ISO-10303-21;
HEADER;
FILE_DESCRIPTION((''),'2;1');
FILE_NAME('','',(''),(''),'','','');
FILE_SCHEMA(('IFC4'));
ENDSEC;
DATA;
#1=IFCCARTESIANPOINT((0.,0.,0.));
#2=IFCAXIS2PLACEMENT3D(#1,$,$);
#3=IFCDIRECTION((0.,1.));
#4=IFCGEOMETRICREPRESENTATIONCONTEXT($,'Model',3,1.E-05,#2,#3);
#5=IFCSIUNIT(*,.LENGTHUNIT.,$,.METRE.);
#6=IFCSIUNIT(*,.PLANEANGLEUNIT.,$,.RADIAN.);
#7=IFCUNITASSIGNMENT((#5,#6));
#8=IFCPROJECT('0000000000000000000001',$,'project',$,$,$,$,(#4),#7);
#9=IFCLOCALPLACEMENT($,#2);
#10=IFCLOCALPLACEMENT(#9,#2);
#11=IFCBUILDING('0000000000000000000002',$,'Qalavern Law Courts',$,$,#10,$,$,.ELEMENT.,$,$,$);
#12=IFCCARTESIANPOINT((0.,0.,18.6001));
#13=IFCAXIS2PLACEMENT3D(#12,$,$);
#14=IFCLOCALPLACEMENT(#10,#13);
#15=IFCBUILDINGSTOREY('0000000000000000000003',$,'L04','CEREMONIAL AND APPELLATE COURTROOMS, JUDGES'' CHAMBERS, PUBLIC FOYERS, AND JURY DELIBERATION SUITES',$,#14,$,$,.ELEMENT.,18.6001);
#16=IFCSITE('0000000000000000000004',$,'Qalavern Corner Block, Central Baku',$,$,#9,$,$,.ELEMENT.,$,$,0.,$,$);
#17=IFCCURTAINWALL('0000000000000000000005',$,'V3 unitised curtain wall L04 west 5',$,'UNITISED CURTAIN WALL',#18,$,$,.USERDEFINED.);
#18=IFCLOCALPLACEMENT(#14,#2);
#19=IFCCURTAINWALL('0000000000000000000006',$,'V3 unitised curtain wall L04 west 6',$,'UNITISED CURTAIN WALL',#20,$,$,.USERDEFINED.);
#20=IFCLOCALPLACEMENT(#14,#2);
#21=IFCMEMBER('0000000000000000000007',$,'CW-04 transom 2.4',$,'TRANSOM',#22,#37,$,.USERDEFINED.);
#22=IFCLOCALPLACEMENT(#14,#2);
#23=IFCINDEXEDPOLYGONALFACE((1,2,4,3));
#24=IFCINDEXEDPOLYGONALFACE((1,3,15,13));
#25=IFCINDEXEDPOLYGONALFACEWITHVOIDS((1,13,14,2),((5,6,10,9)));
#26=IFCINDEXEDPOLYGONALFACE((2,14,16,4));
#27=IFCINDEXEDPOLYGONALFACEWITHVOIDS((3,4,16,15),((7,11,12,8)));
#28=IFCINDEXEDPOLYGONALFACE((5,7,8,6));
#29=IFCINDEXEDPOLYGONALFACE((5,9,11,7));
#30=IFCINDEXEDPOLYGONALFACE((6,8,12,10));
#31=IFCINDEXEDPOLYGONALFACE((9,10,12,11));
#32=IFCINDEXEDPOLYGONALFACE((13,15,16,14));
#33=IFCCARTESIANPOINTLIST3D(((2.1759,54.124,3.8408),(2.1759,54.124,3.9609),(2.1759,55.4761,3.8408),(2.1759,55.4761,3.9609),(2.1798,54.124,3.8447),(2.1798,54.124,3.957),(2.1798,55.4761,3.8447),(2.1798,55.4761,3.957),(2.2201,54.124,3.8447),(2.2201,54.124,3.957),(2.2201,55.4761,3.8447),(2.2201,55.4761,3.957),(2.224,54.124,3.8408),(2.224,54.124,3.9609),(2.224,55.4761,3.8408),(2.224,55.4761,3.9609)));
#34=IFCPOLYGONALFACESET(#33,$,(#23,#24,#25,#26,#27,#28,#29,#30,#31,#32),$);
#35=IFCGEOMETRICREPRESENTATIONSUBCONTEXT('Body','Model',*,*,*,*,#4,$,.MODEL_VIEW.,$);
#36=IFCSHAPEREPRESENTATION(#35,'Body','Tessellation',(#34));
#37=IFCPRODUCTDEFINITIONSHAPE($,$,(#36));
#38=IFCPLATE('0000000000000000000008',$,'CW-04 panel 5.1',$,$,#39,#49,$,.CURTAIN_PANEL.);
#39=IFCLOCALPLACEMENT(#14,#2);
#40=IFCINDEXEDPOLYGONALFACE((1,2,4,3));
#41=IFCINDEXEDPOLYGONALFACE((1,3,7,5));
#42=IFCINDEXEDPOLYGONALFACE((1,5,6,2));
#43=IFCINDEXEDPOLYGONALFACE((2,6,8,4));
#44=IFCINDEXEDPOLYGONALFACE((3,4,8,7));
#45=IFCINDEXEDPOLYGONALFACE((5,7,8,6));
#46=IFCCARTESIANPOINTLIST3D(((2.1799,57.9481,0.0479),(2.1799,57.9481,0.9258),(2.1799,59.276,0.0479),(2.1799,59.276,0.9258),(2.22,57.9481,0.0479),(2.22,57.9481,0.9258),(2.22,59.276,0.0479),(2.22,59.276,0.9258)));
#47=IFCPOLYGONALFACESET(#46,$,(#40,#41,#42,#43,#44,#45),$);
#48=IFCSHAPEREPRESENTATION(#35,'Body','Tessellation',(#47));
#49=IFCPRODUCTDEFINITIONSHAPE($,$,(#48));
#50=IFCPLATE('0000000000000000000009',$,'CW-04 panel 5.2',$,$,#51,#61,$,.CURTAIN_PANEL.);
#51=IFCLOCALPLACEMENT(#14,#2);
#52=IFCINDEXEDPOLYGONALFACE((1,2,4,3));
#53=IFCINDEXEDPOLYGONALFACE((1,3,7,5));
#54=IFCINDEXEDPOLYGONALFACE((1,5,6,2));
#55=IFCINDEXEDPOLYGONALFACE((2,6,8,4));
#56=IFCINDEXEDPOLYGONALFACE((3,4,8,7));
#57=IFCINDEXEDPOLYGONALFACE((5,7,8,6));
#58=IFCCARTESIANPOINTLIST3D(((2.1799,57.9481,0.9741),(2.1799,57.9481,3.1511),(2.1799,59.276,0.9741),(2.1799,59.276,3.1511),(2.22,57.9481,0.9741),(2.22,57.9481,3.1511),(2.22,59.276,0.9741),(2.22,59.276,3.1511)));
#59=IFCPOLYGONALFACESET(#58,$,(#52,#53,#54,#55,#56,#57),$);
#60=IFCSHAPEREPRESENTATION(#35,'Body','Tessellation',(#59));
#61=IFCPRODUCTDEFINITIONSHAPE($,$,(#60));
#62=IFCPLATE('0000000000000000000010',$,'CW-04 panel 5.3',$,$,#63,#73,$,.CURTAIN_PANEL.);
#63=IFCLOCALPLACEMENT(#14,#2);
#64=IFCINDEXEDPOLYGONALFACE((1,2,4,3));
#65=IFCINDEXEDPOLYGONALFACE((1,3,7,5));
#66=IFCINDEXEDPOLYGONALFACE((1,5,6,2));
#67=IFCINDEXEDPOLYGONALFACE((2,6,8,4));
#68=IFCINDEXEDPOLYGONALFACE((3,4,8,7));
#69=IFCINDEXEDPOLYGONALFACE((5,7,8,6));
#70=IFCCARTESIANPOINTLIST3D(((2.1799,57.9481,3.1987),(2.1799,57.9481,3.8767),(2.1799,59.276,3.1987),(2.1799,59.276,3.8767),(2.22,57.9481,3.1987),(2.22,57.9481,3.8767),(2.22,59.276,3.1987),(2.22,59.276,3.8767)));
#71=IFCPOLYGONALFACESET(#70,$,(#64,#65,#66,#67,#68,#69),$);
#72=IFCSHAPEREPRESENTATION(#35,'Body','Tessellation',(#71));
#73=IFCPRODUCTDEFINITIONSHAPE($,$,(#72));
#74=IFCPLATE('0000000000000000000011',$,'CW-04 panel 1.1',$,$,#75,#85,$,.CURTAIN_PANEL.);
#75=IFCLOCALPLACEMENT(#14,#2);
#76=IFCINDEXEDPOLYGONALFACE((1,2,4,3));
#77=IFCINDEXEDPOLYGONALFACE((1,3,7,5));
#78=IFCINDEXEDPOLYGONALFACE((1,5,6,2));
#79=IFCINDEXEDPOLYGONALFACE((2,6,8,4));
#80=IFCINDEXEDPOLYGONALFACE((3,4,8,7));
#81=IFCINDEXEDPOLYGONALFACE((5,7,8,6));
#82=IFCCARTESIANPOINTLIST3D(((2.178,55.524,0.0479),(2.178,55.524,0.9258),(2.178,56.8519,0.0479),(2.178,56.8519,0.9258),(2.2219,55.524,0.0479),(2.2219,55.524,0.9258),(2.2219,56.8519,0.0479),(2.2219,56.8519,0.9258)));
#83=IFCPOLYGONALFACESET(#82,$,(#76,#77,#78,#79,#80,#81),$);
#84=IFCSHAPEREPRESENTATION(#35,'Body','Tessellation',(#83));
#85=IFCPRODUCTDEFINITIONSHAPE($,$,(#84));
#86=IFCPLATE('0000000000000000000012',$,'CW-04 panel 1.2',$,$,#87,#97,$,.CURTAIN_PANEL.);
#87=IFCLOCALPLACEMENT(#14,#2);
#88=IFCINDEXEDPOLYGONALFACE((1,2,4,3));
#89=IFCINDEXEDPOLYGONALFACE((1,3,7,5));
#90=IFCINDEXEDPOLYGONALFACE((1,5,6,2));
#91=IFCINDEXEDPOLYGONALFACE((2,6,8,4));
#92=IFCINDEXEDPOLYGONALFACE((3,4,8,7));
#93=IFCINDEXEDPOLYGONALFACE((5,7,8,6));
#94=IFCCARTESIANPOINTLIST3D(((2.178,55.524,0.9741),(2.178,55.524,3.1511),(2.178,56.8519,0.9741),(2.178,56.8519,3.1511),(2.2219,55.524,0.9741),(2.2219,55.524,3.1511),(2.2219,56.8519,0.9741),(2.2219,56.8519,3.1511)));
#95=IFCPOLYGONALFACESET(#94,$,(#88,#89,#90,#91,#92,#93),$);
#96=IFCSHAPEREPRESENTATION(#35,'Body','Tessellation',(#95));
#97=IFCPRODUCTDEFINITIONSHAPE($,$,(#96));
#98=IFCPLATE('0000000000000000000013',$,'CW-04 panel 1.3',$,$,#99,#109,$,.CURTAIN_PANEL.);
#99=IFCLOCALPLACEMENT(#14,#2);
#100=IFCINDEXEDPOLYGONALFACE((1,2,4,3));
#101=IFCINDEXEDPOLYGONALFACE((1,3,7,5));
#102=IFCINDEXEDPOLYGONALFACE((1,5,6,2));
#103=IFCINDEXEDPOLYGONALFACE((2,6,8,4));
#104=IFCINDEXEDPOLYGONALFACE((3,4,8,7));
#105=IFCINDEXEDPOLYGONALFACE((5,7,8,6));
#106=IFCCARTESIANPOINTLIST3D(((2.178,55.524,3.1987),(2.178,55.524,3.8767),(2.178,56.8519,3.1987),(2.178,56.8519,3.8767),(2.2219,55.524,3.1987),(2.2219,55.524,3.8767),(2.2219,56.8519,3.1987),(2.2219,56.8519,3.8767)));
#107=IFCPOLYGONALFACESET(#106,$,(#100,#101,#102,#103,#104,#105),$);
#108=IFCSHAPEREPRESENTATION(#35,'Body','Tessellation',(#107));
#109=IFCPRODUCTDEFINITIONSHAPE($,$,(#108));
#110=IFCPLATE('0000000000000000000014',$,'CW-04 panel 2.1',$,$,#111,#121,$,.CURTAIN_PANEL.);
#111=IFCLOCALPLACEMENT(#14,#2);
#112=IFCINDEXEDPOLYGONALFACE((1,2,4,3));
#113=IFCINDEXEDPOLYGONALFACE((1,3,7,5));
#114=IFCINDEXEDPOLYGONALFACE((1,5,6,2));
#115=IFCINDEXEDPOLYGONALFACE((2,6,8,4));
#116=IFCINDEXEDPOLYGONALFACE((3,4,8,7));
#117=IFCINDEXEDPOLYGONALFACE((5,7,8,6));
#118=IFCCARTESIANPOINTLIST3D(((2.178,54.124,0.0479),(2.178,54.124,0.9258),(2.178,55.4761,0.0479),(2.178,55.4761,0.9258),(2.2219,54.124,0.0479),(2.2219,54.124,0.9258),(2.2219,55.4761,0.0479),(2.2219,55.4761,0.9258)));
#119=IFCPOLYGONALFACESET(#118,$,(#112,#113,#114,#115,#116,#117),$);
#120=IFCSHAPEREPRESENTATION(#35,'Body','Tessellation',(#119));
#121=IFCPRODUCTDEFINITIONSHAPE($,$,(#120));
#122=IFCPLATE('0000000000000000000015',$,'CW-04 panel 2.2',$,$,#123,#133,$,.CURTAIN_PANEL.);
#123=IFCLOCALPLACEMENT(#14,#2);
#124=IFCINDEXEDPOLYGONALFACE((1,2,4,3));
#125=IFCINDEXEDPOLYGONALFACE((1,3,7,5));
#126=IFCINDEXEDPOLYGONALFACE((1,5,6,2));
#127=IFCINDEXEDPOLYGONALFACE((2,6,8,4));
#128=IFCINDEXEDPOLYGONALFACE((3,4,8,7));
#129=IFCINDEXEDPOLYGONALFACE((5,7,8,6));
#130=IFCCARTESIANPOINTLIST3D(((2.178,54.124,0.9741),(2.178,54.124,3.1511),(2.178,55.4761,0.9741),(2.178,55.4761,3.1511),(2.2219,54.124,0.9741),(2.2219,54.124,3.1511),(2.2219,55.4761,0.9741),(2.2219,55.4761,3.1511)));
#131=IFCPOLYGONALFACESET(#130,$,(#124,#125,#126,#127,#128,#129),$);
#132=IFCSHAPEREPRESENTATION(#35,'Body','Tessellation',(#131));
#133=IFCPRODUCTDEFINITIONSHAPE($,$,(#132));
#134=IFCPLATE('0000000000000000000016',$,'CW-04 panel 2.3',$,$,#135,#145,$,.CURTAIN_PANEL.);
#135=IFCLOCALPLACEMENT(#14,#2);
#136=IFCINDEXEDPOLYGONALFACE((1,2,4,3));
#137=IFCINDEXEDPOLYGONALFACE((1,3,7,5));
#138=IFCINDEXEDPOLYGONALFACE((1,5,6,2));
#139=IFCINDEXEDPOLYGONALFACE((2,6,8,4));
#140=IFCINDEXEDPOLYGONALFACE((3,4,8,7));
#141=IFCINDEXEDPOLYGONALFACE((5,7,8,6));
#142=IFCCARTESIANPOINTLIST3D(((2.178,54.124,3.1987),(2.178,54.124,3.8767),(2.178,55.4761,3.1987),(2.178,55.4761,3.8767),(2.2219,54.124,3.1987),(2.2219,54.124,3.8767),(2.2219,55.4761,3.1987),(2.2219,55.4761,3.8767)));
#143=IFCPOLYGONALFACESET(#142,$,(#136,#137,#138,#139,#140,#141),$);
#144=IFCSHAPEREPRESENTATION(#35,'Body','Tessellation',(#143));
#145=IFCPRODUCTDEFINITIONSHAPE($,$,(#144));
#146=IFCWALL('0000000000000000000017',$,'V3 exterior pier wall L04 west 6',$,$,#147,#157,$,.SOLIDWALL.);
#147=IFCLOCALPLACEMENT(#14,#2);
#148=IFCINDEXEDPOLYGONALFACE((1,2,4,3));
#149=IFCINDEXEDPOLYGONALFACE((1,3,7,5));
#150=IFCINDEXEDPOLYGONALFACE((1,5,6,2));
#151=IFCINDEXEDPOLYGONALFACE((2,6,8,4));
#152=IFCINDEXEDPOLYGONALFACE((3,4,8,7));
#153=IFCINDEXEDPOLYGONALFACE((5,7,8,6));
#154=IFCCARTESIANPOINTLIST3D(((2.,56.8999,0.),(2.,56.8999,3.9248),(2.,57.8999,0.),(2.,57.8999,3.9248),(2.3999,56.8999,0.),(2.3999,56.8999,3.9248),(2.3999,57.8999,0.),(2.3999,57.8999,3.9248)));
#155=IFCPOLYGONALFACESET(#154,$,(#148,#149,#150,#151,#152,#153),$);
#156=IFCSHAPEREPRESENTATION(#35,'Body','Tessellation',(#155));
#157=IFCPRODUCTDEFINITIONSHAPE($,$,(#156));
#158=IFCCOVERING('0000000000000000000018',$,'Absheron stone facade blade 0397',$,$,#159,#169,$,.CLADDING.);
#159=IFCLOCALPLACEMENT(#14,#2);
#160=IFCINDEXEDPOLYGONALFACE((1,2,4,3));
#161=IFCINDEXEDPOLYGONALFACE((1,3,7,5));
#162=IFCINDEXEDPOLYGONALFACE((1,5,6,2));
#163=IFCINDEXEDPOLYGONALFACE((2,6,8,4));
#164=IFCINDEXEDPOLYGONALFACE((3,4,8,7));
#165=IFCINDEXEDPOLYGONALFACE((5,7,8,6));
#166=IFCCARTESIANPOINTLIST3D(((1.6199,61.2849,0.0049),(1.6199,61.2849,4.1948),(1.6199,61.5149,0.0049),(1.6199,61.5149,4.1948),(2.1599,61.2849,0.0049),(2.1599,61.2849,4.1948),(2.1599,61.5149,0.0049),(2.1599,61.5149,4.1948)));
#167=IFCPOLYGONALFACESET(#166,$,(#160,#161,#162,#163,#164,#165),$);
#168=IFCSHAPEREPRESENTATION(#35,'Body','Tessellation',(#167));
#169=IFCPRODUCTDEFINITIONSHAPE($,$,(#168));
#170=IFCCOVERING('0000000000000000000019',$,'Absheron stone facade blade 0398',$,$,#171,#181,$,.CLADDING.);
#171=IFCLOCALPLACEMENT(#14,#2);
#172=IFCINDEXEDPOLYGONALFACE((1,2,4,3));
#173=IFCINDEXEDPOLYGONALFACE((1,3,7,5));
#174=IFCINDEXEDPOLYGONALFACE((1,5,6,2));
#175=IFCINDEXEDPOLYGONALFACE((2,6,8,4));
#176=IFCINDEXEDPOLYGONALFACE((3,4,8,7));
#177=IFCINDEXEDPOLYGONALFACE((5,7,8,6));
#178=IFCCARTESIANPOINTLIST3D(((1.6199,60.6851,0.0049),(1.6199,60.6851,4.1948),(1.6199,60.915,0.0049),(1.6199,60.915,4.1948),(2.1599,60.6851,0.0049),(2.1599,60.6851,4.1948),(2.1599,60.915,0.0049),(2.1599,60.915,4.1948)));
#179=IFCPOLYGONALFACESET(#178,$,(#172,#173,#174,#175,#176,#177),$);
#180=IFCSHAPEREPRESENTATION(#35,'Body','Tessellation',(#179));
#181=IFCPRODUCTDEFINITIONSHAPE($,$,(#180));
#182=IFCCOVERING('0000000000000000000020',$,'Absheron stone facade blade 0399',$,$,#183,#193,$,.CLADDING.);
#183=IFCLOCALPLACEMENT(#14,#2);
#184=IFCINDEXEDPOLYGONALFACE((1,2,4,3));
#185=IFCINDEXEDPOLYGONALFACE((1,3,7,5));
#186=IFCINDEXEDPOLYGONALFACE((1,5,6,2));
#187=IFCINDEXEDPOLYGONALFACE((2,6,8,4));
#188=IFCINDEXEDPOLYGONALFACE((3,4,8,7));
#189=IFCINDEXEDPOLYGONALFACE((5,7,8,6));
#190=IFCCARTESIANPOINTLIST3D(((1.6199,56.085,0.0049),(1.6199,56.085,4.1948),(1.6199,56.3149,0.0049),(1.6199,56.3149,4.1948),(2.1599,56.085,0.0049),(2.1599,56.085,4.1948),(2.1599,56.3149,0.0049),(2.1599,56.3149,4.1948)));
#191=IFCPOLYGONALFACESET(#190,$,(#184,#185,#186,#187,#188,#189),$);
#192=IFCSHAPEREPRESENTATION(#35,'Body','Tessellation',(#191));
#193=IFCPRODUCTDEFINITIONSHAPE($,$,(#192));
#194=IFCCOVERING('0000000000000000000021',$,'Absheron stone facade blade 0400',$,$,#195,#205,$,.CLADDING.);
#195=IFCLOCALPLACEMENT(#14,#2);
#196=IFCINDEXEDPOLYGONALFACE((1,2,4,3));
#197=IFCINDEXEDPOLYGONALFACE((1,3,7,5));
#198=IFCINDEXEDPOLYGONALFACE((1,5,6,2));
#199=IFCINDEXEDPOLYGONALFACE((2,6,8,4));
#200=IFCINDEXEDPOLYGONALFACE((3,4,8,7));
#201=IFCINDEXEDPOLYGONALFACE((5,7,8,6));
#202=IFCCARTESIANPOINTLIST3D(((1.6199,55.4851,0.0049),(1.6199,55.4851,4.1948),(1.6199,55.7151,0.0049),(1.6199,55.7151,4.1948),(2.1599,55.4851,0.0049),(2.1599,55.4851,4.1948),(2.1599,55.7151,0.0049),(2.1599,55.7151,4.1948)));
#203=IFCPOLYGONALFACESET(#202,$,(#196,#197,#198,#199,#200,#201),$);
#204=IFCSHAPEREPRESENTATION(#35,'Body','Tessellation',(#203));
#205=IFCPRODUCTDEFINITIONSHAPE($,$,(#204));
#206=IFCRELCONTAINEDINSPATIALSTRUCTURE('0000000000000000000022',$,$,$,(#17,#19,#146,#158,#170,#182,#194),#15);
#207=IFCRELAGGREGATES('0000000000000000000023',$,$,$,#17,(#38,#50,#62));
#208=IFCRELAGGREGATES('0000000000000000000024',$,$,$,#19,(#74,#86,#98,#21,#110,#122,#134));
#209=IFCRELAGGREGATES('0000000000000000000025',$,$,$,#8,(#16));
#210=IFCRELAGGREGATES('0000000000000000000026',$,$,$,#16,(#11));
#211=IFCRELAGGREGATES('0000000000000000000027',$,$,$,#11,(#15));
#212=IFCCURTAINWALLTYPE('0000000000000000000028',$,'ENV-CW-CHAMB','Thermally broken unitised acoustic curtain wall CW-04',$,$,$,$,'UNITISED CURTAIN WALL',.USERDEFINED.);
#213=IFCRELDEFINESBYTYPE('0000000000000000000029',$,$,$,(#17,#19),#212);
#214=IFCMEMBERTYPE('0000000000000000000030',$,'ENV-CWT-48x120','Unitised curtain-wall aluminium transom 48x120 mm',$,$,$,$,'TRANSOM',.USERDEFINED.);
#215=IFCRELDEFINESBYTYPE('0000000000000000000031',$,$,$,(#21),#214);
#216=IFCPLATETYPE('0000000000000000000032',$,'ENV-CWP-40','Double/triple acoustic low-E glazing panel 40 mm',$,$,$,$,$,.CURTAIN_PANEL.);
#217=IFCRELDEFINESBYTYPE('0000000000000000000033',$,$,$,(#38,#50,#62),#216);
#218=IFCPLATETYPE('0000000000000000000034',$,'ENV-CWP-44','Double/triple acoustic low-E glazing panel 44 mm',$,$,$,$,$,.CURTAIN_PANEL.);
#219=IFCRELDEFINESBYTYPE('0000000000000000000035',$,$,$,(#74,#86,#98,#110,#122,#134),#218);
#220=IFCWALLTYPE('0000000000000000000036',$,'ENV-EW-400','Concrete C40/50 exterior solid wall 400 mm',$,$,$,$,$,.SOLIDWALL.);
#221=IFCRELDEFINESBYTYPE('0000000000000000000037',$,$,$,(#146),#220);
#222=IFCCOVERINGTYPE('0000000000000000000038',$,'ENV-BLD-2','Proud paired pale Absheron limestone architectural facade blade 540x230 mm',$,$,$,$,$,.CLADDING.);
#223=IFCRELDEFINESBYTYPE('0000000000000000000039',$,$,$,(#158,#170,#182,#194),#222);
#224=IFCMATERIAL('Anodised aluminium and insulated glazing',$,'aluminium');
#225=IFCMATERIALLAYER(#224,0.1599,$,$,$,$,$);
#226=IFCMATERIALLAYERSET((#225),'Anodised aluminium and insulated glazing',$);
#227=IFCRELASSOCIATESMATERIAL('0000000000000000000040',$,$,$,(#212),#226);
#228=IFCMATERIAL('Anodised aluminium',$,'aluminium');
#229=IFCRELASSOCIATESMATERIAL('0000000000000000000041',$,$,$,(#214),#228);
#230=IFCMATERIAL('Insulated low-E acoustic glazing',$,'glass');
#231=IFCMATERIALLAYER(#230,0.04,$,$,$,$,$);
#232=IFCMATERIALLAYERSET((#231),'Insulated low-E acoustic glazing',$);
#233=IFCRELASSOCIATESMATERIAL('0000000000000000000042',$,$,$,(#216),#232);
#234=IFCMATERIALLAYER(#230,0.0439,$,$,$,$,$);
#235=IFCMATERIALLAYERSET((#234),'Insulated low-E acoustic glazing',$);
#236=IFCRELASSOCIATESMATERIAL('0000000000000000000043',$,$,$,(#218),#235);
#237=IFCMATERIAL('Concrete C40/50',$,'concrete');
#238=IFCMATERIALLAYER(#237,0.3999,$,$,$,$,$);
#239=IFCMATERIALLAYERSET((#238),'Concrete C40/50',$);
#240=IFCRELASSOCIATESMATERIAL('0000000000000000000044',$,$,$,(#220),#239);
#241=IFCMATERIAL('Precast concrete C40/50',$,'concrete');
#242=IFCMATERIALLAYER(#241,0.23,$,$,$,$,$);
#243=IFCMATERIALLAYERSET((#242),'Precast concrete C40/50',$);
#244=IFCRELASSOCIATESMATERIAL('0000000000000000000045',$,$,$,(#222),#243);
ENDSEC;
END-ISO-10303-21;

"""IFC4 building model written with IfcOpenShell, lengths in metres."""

from ifc_helpers import new_model, si_unit, direction, frame, frame_2d, origin, origin_2d, place, context, subcontext, project, spatial, rectangle, hollow_rectangle, extrude, material, layer, layer_set, material_profile, profile_set, type_object, element, aggregate, save


model = new_model("IFC4")

# Units and contexts
model_context = context("Model", 3, precision=1e-05, world=origin(), true_north=direction((0.0, 1.0)))
body_context = subcontext(model_context, "Body", "Model", "MODEL_VIEW")
ifc_project = project(units=[si_unit("LENGTHUNIT", "METRE"), si_unit("PLANEANGLEUNIT", "RADIAN")], contexts=[model_context])

# Site, building, storey
site_placement = place(None, origin())
site = spatial("IfcSite", under=ifc_project, at=site_placement, Name="Qalavern Corner Block, Central Baku", CompositionType="ELEMENT", RefElevation=0.0)
building_placement = place(site_placement, origin())
building = spatial("IfcBuilding", under=site, at=building_placement, Name="Qalavern Law Courts", CompositionType="ELEMENT")
storey_placement = place(building_placement, frame((0.0, 0.0, 18.6001)))
storey = spatial("IfcBuildingStorey", under=building, at=storey_placement, Name="L04", Description="CEREMONIAL AND APPELLATE COURTROOMS, JUDGES' CHAMBERS, PUBLIC FOYERS, AND JURY DELIBERATION SUITES", CompositionType="ELEMENT", Elevation=18.6001)

# Curtain wall
ifc_material_1 = material(Name="Anodised aluminium and insulated glazing", Category="aluminium")
ifc_layer_1 = layer(ifc_material_1, 0.1599)
ifc_layer_set_1 = layer_set([ifc_layer_1], Name="Anodised aluminium and insulated glazing")
curtain_wall_type = type_object("IfcCurtainWallType", Name="ENV-CW-CHAMB", Description="Thermally broken unitised acoustic curtain wall CW-04", ElementType="UNITISED CURTAIN WALL", PredefinedType="USERDEFINED", material=ifc_layer_set_1)
curtain_wall_1_placement = place(storey_placement, origin())
curtain_wall_1 = element("IfcCurtainWall", 1, at=curtain_wall_1_placement, inside=storey, type_object=curtain_wall_type, Name="V3 unitised curtain wall L04 west 5", ObjectType="UNITISED CURTAIN WALL", PredefinedType="USERDEFINED")
ifc_material_2 = material(Name="Anodised aluminium", Category="aluminium")

# Curtain wall, member
curtain_wall_2_placement = place(storey_placement, origin())
curtain_wall_2 = element("IfcCurtainWall", 2, at=curtain_wall_2_placement, inside=storey, type_object=curtain_wall_type, Name="V3 unitised curtain wall L04 west 6", ObjectType="UNITISED CURTAIN WALL", PredefinedType="USERDEFINED")
ifc_material_profile_1 = material_profile(ifc_material_2, hollow_rectangle(XDim=0.0481, YDim=0.1201, WallThickness=0.0039, at=origin_2d()), Name="ALU TRANSOM 48x120")
ifc_profile_set_1 = profile_set([ifc_material_profile_1], Name="Anodised aluminium")
member_type_1 = type_object("IfcMemberType", Name="ENV-CWT-48x120", Description="Unitised curtain-wall aluminium transom 48x120 mm", ElementType="TRANSOM", PredefinedType="USERDEFINED", material=ifc_profile_set_1)
member_1_placement = place(storey_placement, frame((2.2, 55.4761, 3.9009), z_axis=(0.0, -1.0, 0.0), x_axis=(1.0, 0.0, 0.0)))
member_1 = element("IfcMember", 3, at=member_1_placement, type_object=member_type_1, Name="CW-04 transom 2.4", ObjectType="TRANSOM", PredefinedType="USERDEFINED", context=body_context, shape_type="SweptSolid", body=[
    extrude(hollow_rectangle(XDim=0.0481, YDim=0.1201, WallThickness=0.0039, at=origin_2d()), origin(), (0.0, 0.0, 1.0), 1.3521),
])

# Plates
ifc_material_3 = material(Name="Insulated low-E acoustic glazing", Category="glass")
ifc_layer_2 = layer(ifc_material_3, 0.04)
ifc_layer_set_2 = layer_set([ifc_layer_2], Name="Insulated low-E acoustic glazing")
plate_type_1 = type_object("IfcPlateType", Name="ENV-CWP-40", Description="Double/triple acoustic low-E glazing panel 40 mm", PredefinedType="CURTAIN_PANEL", material=ifc_layer_set_2)
plate_1_placement = place(storey_placement, frame((2.2, 58.6121, 0.0479), z_axis=(0.0, 0.0, 1.0), x_axis=(0.0, -1.0, 0.0)))
plate_1 = element("IfcPlate", 4, at=plate_1_placement, type_object=plate_type_1, Name="CW-04 panel 5.1", PredefinedType="CURTAIN_PANEL", context=body_context, shape_type="SweptSolid", body=[
    extrude(rectangle(XDim=1.3279, YDim=0.04, at=origin_2d()), origin(), (0.0, 0.0, 1.0), 0.8779),
])
plate_2_placement = place(storey_placement, frame((2.2, 58.6121, 0.9741), z_axis=(0.0, 0.0, 1.0), x_axis=(0.0, -1.0, 0.0)))
plate_2 = element("IfcPlate", 5, at=plate_2_placement, type_object=plate_type_1, Name="CW-04 panel 5.2", PredefinedType="CURTAIN_PANEL", context=body_context, shape_type="SweptSolid", body=[
    extrude(rectangle(XDim=1.3279, YDim=0.04, at=origin_2d()), origin(), (0.0, 0.0, 1.0), 2.177),
])
plate_3_placement = place(storey_placement, frame((2.2, 58.6121, 3.1987), z_axis=(0.0, 0.0, 1.0), x_axis=(0.0, -1.0, 0.0)))
plate_3 = element("IfcPlate", 6, at=plate_3_placement, type_object=plate_type_1, Name="CW-04 panel 5.3", PredefinedType="CURTAIN_PANEL", context=body_context, shape_type="SweptSolid", body=[
    extrude(rectangle(XDim=1.3279, YDim=0.04, at=origin_2d()), origin(), (0.0, 0.0, 1.0), 0.678),
])
aggregate(curtain_wall_1, [plate_1, plate_2, plate_3])
ifc_layer_3 = layer(ifc_material_3, 0.0439)
ifc_layer_set_3 = layer_set([ifc_layer_3], Name="Insulated low-E acoustic glazing")
plate_type_2 = type_object("IfcPlateType", Name="ENV-CWP-44", Description="Double/triple acoustic low-E glazing panel 44 mm", PredefinedType="CURTAIN_PANEL", material=ifc_layer_set_3)
plate_4_placement = place(storey_placement, frame((2.2, 56.188, 0.0479), z_axis=(0.0, 0.0, 1.0), x_axis=(0.0, -1.0, 0.0)))
plate_4 = element("IfcPlate", 7, at=plate_4_placement, type_object=plate_type_2, Name="CW-04 panel 1.1", PredefinedType="CURTAIN_PANEL", context=body_context, shape_type="SweptSolid", body=[
    extrude(rectangle(XDim=1.3279, YDim=0.0439, at=origin_2d()), origin(), (0.0, 0.0, 1.0), 0.8779),
])
plate_5_placement = place(storey_placement, frame((2.2, 56.188, 0.9741), z_axis=(0.0, 0.0, 1.0), x_axis=(0.0, -1.0, 0.0)))
plate_5 = element("IfcPlate", 8, at=plate_5_placement, type_object=plate_type_2, Name="CW-04 panel 1.2", PredefinedType="CURTAIN_PANEL", context=body_context, shape_type="SweptSolid", body=[
    extrude(rectangle(XDim=1.3279, YDim=0.0439, at=origin_2d()), origin(), (0.0, 0.0, 1.0), 2.177),
])
plate_6_placement = place(storey_placement, frame((2.2, 56.188, 3.1987), z_axis=(0.0, 0.0, 1.0), x_axis=(0.0, -1.0, 0.0)))
plate_6 = element("IfcPlate", 9, at=plate_6_placement, type_object=plate_type_2, Name="CW-04 panel 1.3", PredefinedType="CURTAIN_PANEL", context=body_context, shape_type="SweptSolid", body=[
    extrude(rectangle(XDim=1.3279, YDim=0.0439, at=origin_2d()), origin(), (0.0, 0.0, 1.0), 0.678),
])
plate_7_placement = place(storey_placement, frame((2.2, 54.8, 0.0479), z_axis=(0.0, 0.0, 1.0), x_axis=(0.0, -1.0, 0.0)))
plate_7 = element("IfcPlate", 10, at=plate_7_placement, type_object=plate_type_2, Name="CW-04 panel 2.1", PredefinedType="CURTAIN_PANEL", context=body_context, shape_type="SweptSolid", body=[
    extrude(rectangle(XDim=1.3521, YDim=0.0439, at=origin_2d()), origin(), (0.0, 0.0, 1.0), 0.8779),
])
plate_8_placement = place(storey_placement, frame((2.2, 54.8, 0.9741), z_axis=(0.0, 0.0, 1.0), x_axis=(0.0, -1.0, 0.0)))
plate_8 = element("IfcPlate", 11, at=plate_8_placement, type_object=plate_type_2, Name="CW-04 panel 2.2", PredefinedType="CURTAIN_PANEL", context=body_context, shape_type="SweptSolid", body=[
    extrude(rectangle(XDim=1.3521, YDim=0.0439, at=origin_2d()), origin(), (0.0, 0.0, 1.0), 2.177),
])
plate_9_placement = place(storey_placement, frame((2.2, 54.8, 3.1987), z_axis=(0.0, 0.0, 1.0), x_axis=(0.0, -1.0, 0.0)))
plate_9 = element("IfcPlate", 12, at=plate_9_placement, type_object=plate_type_2, Name="CW-04 panel 2.3", PredefinedType="CURTAIN_PANEL", context=body_context, shape_type="SweptSolid", body=[
    extrude(rectangle(XDim=1.3521, YDim=0.0439, at=origin_2d()), origin(), (0.0, 0.0, 1.0), 0.678),
])
aggregate(curtain_wall_2, [plate_4, plate_5, plate_6, member_1, plate_7, plate_8, plate_9])

# Wall
ifc_material_4 = material(Name="Concrete C40/50", Category="concrete")
ifc_layer_4 = layer(ifc_material_4, 0.3999)
ifc_layer_set_4 = layer_set([ifc_layer_4], Name="Concrete C40/50")
wall_type = type_object("IfcWallType", Name="ENV-EW-400", Description="Concrete C40/50 exterior solid wall 400 mm", PredefinedType="SOLIDWALL", material=ifc_layer_set_4)
wall_placement = place(storey_placement, frame((2.2, 57.8999, 0.0), z_axis=(0.0, 0.0, 1.0), x_axis=(0.0, -1.0, 0.0)))
element("IfcWall", 13, at=wall_placement, inside=storey, type_object=wall_type, Name="V3 exterior pier wall L04 west 6", PredefinedType="SOLIDWALL", context=body_context, shape_type="SweptSolid", body=[
    extrude(rectangle(XDim=1.0, YDim=0.3999, at=frame_2d((0.5, 0.0))), origin(), (0.0, 0.0, 1.0), 3.9248),
])

# Coverings
ifc_material_5 = material(Name="Precast concrete C40/50", Category="concrete")
ifc_layer_5 = layer(ifc_material_5, 0.23)
ifc_layer_set_5 = layer_set([ifc_layer_5], Name="Precast concrete C40/50")
covering_type_1 = type_object("IfcCoveringType", Name="ENV-BLD-2", Description="Proud paired pale Absheron limestone architectural facade blade 540x230 mm", PredefinedType="CLADDING", material=ifc_layer_set_5)
for number, where, z_axis, x_axis, name in (
    (14, (1.8899, 61.3999, 0.0049), (0.0, 0.0, 1.0), (-1.0, 0.0, 0.0), "Absheron stone facade blade 0397"),
    (15, (1.8899, 60.8, 0.0049), (0.0, 0.0, 1.0), (-1.0, 0.0, 0.0), "Absheron stone facade blade 0398"),
    (16, (1.8899, 56.2, 0.0049), (0.0, 0.0, 1.0), (-1.0, 0.0, 0.0), "Absheron stone facade blade 0399"),
    (17, (1.8899, 55.6001, 0.0049), (0.0, 0.0, 1.0), (-1.0, 0.0, 0.0), "Absheron stone facade blade 0400"),
):
    element("IfcCovering", number, at=place(storey_placement, frame(where, z_axis=z_axis, x_axis=x_axis)), inside=storey, type_object=covering_type_1, Name=name, PredefinedType="CLADDING", context=body_context, shape_type="SweptSolid", body=[
        extrude(rectangle(XDim=0.54, YDim=0.23, at=origin_2d()), origin(), (0.0, 0.0, 1.0), 4.1899),
    ])

save(model, "model.ifc")
